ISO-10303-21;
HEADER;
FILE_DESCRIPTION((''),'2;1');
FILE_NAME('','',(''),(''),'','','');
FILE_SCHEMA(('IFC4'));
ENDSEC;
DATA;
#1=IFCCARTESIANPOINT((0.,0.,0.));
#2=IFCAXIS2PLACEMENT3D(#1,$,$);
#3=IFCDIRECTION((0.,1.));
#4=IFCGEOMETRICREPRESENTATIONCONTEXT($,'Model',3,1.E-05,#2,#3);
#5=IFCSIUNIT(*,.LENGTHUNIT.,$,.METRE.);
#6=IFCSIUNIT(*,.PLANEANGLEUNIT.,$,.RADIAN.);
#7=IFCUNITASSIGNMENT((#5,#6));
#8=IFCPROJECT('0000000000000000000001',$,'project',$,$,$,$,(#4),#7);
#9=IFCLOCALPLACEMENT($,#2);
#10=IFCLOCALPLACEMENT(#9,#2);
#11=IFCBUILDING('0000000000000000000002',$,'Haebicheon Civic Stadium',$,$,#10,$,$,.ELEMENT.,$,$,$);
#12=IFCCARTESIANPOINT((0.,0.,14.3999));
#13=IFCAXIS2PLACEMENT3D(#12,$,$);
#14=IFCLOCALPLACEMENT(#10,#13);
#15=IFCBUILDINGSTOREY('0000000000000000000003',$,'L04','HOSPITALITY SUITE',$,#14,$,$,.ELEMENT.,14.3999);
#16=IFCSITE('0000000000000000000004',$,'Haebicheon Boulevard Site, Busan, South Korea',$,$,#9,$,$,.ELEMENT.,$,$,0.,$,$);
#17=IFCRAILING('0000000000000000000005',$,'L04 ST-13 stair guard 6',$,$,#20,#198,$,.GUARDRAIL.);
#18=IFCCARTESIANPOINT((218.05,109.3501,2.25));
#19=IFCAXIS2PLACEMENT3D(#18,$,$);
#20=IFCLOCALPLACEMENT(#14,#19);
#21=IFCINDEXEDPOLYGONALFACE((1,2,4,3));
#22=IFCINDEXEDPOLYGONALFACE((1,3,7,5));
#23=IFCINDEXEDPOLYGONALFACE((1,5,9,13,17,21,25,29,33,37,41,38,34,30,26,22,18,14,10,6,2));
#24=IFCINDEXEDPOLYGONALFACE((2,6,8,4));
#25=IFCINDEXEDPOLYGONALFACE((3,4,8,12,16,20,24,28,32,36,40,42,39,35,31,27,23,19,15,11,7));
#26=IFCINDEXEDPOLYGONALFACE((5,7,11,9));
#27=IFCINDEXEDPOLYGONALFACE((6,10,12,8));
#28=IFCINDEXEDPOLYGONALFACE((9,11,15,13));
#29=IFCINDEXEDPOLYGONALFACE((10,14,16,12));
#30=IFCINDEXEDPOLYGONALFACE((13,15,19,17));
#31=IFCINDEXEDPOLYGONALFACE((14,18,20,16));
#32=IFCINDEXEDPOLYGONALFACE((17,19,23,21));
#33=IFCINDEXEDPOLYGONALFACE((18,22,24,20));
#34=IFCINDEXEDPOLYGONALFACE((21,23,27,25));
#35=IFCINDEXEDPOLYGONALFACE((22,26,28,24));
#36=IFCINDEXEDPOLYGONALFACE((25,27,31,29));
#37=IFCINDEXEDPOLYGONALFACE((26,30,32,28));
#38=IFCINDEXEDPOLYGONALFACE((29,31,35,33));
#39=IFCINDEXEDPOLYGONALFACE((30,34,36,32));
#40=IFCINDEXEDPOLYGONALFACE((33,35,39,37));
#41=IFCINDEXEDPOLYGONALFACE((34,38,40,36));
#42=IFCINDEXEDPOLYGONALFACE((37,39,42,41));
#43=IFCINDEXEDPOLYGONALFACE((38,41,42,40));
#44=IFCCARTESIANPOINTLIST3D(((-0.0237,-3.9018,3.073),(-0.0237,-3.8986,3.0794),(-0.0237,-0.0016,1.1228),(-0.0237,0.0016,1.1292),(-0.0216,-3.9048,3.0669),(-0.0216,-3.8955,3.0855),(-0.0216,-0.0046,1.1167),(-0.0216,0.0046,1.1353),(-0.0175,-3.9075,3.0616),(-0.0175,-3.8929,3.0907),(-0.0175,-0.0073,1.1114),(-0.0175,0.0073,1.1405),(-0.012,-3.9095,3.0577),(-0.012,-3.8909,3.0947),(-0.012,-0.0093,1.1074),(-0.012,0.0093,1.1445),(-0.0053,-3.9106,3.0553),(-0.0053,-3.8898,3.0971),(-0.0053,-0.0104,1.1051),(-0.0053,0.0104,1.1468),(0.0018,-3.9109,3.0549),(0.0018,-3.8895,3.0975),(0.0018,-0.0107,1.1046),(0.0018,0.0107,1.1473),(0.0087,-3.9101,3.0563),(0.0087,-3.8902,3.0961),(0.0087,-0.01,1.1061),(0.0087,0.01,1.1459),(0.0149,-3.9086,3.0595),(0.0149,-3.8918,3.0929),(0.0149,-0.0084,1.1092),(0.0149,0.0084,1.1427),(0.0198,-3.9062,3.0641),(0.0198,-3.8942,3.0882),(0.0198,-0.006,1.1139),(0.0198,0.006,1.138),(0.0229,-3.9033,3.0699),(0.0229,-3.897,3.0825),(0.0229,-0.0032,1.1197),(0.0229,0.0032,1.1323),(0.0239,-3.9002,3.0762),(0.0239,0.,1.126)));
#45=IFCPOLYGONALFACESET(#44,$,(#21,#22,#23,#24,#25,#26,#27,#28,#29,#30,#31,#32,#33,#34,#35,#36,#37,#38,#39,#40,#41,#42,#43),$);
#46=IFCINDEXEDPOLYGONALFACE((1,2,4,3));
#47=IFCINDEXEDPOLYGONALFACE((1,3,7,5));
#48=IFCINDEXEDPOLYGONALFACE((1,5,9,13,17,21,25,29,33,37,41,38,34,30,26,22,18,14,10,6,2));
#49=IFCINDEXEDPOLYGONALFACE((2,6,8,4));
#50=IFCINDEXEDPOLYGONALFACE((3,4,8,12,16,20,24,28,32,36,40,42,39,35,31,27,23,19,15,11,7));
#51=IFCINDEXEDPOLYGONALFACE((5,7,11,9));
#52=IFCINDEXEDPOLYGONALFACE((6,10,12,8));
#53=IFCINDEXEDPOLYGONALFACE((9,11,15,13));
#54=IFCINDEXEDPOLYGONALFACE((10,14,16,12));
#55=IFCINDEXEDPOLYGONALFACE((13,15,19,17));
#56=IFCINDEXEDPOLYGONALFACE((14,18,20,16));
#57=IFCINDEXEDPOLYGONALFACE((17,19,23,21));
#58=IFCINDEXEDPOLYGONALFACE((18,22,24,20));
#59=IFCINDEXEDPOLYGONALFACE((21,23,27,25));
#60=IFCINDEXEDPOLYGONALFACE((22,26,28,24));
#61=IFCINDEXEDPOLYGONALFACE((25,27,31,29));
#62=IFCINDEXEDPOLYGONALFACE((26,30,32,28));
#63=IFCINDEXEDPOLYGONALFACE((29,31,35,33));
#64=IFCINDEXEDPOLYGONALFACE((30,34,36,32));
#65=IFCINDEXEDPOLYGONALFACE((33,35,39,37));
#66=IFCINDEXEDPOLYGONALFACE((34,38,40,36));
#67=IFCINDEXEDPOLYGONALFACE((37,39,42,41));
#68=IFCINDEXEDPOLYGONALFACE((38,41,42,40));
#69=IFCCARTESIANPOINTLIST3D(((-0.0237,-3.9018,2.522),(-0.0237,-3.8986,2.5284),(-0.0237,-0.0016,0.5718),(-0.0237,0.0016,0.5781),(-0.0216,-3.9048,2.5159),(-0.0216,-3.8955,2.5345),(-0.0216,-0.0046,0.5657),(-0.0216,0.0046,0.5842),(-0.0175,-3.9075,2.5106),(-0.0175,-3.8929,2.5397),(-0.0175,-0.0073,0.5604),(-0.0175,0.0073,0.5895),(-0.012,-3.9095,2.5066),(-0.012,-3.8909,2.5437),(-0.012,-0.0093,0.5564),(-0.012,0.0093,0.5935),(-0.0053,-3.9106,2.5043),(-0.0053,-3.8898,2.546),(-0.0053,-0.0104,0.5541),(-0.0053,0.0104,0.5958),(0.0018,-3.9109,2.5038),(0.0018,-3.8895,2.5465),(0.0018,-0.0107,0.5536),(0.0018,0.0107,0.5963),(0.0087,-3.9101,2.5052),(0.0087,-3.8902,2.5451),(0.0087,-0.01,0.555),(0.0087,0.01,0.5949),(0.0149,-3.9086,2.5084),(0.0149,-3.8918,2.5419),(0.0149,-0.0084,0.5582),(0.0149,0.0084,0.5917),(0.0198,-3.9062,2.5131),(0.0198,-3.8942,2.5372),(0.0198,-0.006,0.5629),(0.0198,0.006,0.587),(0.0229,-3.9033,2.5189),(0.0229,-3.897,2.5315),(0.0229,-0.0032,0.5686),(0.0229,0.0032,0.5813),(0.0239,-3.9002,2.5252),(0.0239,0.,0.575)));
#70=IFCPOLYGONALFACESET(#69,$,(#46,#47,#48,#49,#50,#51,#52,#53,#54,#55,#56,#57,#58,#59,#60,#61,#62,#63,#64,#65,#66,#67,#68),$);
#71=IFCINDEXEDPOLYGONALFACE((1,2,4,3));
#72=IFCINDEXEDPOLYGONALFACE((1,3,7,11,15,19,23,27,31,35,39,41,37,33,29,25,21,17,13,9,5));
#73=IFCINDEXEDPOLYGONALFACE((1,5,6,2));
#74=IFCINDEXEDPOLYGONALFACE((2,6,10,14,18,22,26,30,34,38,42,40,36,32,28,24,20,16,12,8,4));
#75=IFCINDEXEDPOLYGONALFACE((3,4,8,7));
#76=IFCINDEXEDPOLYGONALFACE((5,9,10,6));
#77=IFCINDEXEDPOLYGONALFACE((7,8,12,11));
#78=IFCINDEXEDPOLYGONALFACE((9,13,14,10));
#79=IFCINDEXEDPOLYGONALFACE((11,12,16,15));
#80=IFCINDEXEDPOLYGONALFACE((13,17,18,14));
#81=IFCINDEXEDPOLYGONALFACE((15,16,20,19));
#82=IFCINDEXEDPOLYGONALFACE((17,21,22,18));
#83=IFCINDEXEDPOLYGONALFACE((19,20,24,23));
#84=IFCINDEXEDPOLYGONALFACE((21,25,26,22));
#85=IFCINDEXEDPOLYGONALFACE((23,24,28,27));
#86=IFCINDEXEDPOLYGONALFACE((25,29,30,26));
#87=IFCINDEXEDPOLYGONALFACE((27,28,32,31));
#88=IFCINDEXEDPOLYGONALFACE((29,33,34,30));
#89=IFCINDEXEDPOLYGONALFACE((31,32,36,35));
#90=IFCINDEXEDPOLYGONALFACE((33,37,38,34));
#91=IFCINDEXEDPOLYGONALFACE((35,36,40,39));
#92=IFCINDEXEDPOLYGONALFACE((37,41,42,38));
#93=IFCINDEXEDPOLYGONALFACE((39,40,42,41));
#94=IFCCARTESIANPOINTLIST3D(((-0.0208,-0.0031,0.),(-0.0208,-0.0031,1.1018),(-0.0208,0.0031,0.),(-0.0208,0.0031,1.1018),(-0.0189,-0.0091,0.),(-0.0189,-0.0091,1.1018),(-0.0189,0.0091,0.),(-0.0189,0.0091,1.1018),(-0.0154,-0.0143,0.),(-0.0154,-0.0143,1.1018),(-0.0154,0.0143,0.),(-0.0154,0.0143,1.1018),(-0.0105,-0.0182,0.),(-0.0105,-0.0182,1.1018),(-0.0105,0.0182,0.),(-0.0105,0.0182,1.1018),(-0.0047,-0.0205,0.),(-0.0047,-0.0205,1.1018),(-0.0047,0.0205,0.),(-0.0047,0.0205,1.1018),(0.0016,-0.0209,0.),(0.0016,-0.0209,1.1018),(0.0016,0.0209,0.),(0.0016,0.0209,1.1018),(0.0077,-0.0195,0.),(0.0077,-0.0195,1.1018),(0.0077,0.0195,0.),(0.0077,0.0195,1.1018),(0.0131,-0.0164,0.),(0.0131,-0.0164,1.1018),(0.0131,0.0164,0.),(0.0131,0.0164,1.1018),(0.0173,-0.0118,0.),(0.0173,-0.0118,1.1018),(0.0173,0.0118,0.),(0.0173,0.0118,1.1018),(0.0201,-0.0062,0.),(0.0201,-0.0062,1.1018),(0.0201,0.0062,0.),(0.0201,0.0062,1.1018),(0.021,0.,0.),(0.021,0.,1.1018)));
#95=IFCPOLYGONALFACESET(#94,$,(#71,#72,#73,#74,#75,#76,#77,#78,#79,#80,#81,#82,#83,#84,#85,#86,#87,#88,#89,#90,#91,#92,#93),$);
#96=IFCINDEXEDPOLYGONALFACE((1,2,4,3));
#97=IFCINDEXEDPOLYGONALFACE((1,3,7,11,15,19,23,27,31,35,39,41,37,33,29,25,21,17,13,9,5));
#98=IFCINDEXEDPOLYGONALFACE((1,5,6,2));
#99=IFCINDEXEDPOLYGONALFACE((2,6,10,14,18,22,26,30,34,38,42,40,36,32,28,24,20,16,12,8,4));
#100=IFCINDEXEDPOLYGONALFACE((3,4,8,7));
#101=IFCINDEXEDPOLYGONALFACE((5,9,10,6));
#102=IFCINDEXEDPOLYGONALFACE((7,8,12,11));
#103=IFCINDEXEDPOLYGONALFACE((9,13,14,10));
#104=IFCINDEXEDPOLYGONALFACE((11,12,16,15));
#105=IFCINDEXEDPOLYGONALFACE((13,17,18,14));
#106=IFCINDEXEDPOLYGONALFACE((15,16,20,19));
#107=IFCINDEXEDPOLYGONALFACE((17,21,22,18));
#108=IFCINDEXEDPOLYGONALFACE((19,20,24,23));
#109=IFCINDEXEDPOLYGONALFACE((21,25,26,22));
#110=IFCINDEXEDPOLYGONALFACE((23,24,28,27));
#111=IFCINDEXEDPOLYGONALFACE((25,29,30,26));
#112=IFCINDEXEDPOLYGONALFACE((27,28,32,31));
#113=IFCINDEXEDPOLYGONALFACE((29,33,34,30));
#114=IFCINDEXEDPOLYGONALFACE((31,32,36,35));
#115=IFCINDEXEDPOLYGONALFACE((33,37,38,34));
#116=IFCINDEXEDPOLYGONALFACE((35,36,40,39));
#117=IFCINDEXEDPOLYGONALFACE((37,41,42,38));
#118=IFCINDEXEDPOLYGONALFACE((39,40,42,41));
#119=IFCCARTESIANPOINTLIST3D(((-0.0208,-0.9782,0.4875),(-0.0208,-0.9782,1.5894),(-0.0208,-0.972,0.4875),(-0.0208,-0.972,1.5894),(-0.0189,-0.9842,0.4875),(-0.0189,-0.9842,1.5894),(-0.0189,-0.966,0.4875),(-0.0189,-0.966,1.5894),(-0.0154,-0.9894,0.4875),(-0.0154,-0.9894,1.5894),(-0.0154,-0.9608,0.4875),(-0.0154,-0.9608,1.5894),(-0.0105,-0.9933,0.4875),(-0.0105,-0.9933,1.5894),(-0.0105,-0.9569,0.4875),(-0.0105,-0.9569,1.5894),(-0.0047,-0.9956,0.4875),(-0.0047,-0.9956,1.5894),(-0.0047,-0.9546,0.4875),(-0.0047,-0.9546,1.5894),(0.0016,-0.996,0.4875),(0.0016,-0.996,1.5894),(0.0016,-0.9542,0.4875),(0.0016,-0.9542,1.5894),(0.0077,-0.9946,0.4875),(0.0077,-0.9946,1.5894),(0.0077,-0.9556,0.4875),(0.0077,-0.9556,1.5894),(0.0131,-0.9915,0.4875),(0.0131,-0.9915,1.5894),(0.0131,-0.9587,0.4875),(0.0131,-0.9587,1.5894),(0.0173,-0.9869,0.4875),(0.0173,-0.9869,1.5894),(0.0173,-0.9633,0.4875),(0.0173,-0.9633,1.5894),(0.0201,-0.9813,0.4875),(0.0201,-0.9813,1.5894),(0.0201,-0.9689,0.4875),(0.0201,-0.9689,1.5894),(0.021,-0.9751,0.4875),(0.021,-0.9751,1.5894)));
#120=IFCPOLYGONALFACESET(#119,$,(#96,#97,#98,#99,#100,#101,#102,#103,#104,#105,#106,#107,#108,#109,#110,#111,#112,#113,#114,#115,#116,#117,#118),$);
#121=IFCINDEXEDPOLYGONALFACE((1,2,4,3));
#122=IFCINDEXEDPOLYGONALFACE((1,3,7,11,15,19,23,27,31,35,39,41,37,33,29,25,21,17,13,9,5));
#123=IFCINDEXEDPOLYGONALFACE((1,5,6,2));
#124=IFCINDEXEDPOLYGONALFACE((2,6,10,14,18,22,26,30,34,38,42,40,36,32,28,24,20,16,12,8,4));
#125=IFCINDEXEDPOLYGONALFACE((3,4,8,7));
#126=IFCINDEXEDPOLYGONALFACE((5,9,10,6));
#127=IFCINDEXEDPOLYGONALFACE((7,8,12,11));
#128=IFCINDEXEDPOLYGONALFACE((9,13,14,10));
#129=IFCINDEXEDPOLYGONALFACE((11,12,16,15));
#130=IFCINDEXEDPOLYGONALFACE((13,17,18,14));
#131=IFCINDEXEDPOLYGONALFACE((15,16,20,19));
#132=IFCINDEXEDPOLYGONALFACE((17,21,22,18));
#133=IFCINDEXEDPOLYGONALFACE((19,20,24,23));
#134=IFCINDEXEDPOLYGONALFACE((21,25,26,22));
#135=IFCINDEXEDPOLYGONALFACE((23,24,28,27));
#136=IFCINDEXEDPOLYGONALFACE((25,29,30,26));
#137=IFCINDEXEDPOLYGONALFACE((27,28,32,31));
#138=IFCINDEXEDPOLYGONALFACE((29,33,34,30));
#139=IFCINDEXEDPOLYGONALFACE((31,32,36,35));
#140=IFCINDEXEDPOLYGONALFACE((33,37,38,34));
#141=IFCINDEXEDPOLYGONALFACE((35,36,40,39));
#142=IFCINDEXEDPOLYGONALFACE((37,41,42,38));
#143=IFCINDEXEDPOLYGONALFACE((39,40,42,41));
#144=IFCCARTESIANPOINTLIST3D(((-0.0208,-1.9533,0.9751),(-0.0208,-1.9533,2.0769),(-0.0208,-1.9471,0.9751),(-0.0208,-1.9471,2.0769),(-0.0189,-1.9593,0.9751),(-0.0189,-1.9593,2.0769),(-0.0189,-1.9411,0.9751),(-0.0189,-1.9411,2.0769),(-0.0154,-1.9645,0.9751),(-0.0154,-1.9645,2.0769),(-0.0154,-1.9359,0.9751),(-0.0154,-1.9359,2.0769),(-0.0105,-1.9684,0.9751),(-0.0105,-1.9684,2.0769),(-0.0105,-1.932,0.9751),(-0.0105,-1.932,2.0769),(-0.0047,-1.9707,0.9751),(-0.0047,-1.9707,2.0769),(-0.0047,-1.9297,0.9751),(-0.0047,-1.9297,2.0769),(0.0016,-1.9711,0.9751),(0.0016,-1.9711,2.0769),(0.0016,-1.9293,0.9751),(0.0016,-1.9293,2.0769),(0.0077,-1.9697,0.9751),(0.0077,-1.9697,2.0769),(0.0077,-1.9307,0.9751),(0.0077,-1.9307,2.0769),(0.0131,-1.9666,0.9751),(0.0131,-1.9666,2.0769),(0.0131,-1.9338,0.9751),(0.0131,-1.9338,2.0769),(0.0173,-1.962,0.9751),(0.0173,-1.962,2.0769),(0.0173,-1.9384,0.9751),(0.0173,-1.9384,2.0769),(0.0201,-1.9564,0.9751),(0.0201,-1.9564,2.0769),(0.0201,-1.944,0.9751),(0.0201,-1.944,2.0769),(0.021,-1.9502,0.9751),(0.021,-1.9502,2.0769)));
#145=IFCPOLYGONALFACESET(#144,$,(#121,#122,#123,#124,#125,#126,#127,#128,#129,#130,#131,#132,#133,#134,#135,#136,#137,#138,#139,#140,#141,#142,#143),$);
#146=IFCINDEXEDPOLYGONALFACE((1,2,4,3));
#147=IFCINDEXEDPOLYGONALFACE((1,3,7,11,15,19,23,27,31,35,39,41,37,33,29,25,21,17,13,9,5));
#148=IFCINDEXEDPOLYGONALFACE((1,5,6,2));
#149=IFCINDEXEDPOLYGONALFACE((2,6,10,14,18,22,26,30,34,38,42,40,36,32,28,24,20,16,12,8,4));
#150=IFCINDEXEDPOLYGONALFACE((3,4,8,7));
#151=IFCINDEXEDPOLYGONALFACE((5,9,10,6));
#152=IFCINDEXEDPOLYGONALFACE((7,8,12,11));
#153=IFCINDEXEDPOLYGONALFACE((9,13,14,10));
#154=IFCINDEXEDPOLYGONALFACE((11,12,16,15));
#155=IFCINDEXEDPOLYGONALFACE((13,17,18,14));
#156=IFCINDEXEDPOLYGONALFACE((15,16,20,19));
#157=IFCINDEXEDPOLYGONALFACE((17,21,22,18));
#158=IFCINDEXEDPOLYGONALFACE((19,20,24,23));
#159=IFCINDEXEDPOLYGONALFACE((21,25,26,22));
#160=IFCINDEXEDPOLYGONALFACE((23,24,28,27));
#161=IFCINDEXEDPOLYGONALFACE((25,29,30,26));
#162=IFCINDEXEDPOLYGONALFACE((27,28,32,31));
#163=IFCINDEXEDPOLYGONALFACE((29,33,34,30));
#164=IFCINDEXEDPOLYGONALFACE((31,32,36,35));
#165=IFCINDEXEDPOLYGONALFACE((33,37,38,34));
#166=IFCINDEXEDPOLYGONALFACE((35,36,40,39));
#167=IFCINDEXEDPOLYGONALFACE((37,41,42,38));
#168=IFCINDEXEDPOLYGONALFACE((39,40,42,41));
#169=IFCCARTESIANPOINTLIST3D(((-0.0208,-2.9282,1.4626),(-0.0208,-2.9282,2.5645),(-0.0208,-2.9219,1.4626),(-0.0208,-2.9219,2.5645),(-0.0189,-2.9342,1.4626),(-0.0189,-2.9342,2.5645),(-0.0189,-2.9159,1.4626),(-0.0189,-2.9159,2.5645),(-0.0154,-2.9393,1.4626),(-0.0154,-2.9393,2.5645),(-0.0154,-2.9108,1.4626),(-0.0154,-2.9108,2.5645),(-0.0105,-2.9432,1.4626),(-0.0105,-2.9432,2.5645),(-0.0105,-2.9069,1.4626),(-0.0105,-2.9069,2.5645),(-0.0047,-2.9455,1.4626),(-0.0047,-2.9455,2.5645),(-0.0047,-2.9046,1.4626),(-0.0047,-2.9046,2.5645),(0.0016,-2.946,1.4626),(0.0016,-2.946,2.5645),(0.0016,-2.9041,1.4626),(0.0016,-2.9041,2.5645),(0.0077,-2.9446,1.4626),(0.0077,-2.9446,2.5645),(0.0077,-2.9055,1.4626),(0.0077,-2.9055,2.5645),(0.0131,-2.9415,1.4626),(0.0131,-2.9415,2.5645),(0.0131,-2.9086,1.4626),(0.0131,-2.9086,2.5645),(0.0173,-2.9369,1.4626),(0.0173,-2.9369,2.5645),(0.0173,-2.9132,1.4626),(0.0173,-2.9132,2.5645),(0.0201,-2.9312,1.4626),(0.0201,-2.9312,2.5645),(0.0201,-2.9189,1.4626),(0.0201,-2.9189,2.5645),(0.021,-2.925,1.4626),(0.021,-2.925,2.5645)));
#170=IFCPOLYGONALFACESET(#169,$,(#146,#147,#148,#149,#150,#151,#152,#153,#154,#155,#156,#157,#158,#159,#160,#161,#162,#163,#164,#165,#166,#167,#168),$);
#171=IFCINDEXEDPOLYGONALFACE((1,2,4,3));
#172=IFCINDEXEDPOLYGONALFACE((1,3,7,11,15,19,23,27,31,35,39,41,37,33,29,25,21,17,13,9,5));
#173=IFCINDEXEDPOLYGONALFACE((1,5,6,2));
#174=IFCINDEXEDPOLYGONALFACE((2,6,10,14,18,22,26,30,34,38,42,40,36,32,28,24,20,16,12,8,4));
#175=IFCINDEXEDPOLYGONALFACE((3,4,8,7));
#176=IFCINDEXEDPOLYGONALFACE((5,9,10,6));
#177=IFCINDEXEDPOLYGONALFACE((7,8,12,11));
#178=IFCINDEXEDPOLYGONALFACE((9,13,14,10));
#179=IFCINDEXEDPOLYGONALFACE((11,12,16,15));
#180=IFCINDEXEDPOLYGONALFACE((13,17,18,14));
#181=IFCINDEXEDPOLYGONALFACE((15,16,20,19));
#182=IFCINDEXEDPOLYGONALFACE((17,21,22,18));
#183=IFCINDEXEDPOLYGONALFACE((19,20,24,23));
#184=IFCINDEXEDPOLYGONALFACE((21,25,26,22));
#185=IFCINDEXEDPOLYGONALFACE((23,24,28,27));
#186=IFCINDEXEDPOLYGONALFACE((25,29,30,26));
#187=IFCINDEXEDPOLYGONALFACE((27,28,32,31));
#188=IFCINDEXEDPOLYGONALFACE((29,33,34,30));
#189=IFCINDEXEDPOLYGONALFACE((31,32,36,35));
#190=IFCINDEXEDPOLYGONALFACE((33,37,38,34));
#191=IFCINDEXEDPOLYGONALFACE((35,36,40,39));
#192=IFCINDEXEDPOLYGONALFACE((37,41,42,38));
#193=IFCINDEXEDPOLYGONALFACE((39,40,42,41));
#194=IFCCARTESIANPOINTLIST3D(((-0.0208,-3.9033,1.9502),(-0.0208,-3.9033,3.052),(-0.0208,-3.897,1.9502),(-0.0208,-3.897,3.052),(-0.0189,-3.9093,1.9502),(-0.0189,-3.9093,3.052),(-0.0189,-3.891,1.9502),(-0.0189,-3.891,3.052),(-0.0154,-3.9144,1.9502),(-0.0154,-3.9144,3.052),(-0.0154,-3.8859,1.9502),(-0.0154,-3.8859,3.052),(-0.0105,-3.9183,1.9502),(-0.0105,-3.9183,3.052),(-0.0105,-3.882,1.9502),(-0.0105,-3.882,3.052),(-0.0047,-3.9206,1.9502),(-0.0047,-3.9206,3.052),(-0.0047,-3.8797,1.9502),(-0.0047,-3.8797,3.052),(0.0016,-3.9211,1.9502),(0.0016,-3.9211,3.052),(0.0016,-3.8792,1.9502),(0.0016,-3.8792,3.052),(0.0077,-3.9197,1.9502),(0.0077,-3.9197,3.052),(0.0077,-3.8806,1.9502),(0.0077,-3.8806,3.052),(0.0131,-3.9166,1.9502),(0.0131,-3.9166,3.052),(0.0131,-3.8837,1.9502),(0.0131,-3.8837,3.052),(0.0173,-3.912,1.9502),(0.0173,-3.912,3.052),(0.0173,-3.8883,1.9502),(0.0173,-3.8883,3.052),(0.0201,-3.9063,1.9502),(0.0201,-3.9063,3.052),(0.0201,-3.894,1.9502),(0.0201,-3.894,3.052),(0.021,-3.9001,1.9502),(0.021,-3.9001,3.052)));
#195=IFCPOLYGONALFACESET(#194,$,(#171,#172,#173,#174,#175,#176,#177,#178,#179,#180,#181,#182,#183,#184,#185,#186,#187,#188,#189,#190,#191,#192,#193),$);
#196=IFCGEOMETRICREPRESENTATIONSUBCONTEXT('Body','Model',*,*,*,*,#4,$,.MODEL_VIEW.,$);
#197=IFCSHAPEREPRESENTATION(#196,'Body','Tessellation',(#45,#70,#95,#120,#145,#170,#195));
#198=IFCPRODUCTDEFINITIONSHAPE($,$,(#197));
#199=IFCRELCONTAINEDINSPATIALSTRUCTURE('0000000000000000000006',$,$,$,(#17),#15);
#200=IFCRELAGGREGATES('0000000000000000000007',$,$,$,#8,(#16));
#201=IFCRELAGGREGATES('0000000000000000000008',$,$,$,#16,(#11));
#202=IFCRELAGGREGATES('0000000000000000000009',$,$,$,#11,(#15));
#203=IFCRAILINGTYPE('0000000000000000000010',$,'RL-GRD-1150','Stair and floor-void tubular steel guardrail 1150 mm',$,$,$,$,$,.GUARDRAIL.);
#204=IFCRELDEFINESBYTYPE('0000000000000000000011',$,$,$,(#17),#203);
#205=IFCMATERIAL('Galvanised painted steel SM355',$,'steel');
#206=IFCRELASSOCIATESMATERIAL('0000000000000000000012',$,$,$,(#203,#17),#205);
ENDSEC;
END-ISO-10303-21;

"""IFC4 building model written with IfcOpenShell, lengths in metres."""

from ifc_helpers import new_model, si_unit, direction, frame, origin, origin_2d, place, context, subcontext, project, spatial, circle, extrude, material, type_object, element, save


model = new_model("IFC4")

# Units and contexts
model_context = context("Model", 3, precision=1e-05, world=origin(), true_north=direction((0.0, 1.0)))
body_context = subcontext(model_context, "Body", "Model", "MODEL_VIEW")
ifc_project = project(units=[si_unit("LENGTHUNIT", "METRE"), si_unit("PLANEANGLEUNIT", "RADIAN")], contexts=[model_context])

# Site, building, storey
site_placement = place(None, origin())
site = spatial("IfcSite", under=ifc_project, at=site_placement, Name="Haebicheon Boulevard Site, Busan, South Korea", CompositionType="ELEMENT", RefElevation=0.0)
building_placement = place(site_placement, origin())
building = spatial("IfcBuilding", under=site, at=building_placement, Name="Haebicheon Civic Stadium", CompositionType="ELEMENT")
storey_placement = place(building_placement, frame((0.0, 0.0, 14.3999)))
storey = spatial("IfcBuildingStorey", under=building, at=storey_placement, Name="L04", Description="HOSPITALITY SUITE", CompositionType="ELEMENT", Elevation=14.3999)

# Railing
ifc_material_1 = material(Name="Galvanised painted steel SM355", Category="steel")
railing_type_1 = type_object("IfcRailingType", Name="RL-GRD-1150", Description="Stair and floor-void tubular steel guardrail 1150 mm", PredefinedType="GUARDRAIL", material=ifc_material_1)
railing_1_placement = place(storey_placement, frame((218.05, 109.3501, 2.25)))
element("IfcRailing", 1, at=railing_1_placement, inside=storey, type_object=railing_type_1, material=ifc_material_1, Name="L04 ST-13 stair guard 6", PredefinedType="GUARDRAIL", context=body_context, shape_type="SweptSolid", body=[
    extrude(circle(Radius=0.0239, at=origin_2d()), frame((0.0, 0.0, 1.126), z_axis=(0.0, -0.894416, 0.447236), x_axis=(1.0, 0.0, 0.0)), (0.0, 0.0, 1.0), 4.3606),
    extrude(circle(Radius=0.0239, at=origin_2d()), frame((0.0, 0.0, 0.575), z_axis=(0.0, -0.894416, 0.447236), x_axis=(1.0, 0.0, 0.0)), (0.0, 0.0, 1.0), 4.3606),
    extrude(circle(Radius=0.021, at=origin_2d()), origin(), (0.0, 0.0, 1.0), 1.1018),
    extrude(circle(Radius=0.021, at=origin_2d()), frame((0.0, -0.9751, 0.4875)), (0.0, 0.0, 1.0), 1.1018),
    extrude(circle(Radius=0.021, at=origin_2d()), frame((0.0, -1.9502, 0.9751)), (0.0, 0.0, 1.0), 1.1018),
    extrude(circle(Radius=0.021, at=origin_2d()), frame((0.0, -2.925, 1.4626)), (0.0, 0.0, 1.0), 1.1018),
    extrude(circle(Radius=0.021, at=origin_2d()), frame((0.0, -3.9001, 1.9502)), (0.0, 0.0, 1.0), 1.1018),
])

save(model, "model.ifc")
